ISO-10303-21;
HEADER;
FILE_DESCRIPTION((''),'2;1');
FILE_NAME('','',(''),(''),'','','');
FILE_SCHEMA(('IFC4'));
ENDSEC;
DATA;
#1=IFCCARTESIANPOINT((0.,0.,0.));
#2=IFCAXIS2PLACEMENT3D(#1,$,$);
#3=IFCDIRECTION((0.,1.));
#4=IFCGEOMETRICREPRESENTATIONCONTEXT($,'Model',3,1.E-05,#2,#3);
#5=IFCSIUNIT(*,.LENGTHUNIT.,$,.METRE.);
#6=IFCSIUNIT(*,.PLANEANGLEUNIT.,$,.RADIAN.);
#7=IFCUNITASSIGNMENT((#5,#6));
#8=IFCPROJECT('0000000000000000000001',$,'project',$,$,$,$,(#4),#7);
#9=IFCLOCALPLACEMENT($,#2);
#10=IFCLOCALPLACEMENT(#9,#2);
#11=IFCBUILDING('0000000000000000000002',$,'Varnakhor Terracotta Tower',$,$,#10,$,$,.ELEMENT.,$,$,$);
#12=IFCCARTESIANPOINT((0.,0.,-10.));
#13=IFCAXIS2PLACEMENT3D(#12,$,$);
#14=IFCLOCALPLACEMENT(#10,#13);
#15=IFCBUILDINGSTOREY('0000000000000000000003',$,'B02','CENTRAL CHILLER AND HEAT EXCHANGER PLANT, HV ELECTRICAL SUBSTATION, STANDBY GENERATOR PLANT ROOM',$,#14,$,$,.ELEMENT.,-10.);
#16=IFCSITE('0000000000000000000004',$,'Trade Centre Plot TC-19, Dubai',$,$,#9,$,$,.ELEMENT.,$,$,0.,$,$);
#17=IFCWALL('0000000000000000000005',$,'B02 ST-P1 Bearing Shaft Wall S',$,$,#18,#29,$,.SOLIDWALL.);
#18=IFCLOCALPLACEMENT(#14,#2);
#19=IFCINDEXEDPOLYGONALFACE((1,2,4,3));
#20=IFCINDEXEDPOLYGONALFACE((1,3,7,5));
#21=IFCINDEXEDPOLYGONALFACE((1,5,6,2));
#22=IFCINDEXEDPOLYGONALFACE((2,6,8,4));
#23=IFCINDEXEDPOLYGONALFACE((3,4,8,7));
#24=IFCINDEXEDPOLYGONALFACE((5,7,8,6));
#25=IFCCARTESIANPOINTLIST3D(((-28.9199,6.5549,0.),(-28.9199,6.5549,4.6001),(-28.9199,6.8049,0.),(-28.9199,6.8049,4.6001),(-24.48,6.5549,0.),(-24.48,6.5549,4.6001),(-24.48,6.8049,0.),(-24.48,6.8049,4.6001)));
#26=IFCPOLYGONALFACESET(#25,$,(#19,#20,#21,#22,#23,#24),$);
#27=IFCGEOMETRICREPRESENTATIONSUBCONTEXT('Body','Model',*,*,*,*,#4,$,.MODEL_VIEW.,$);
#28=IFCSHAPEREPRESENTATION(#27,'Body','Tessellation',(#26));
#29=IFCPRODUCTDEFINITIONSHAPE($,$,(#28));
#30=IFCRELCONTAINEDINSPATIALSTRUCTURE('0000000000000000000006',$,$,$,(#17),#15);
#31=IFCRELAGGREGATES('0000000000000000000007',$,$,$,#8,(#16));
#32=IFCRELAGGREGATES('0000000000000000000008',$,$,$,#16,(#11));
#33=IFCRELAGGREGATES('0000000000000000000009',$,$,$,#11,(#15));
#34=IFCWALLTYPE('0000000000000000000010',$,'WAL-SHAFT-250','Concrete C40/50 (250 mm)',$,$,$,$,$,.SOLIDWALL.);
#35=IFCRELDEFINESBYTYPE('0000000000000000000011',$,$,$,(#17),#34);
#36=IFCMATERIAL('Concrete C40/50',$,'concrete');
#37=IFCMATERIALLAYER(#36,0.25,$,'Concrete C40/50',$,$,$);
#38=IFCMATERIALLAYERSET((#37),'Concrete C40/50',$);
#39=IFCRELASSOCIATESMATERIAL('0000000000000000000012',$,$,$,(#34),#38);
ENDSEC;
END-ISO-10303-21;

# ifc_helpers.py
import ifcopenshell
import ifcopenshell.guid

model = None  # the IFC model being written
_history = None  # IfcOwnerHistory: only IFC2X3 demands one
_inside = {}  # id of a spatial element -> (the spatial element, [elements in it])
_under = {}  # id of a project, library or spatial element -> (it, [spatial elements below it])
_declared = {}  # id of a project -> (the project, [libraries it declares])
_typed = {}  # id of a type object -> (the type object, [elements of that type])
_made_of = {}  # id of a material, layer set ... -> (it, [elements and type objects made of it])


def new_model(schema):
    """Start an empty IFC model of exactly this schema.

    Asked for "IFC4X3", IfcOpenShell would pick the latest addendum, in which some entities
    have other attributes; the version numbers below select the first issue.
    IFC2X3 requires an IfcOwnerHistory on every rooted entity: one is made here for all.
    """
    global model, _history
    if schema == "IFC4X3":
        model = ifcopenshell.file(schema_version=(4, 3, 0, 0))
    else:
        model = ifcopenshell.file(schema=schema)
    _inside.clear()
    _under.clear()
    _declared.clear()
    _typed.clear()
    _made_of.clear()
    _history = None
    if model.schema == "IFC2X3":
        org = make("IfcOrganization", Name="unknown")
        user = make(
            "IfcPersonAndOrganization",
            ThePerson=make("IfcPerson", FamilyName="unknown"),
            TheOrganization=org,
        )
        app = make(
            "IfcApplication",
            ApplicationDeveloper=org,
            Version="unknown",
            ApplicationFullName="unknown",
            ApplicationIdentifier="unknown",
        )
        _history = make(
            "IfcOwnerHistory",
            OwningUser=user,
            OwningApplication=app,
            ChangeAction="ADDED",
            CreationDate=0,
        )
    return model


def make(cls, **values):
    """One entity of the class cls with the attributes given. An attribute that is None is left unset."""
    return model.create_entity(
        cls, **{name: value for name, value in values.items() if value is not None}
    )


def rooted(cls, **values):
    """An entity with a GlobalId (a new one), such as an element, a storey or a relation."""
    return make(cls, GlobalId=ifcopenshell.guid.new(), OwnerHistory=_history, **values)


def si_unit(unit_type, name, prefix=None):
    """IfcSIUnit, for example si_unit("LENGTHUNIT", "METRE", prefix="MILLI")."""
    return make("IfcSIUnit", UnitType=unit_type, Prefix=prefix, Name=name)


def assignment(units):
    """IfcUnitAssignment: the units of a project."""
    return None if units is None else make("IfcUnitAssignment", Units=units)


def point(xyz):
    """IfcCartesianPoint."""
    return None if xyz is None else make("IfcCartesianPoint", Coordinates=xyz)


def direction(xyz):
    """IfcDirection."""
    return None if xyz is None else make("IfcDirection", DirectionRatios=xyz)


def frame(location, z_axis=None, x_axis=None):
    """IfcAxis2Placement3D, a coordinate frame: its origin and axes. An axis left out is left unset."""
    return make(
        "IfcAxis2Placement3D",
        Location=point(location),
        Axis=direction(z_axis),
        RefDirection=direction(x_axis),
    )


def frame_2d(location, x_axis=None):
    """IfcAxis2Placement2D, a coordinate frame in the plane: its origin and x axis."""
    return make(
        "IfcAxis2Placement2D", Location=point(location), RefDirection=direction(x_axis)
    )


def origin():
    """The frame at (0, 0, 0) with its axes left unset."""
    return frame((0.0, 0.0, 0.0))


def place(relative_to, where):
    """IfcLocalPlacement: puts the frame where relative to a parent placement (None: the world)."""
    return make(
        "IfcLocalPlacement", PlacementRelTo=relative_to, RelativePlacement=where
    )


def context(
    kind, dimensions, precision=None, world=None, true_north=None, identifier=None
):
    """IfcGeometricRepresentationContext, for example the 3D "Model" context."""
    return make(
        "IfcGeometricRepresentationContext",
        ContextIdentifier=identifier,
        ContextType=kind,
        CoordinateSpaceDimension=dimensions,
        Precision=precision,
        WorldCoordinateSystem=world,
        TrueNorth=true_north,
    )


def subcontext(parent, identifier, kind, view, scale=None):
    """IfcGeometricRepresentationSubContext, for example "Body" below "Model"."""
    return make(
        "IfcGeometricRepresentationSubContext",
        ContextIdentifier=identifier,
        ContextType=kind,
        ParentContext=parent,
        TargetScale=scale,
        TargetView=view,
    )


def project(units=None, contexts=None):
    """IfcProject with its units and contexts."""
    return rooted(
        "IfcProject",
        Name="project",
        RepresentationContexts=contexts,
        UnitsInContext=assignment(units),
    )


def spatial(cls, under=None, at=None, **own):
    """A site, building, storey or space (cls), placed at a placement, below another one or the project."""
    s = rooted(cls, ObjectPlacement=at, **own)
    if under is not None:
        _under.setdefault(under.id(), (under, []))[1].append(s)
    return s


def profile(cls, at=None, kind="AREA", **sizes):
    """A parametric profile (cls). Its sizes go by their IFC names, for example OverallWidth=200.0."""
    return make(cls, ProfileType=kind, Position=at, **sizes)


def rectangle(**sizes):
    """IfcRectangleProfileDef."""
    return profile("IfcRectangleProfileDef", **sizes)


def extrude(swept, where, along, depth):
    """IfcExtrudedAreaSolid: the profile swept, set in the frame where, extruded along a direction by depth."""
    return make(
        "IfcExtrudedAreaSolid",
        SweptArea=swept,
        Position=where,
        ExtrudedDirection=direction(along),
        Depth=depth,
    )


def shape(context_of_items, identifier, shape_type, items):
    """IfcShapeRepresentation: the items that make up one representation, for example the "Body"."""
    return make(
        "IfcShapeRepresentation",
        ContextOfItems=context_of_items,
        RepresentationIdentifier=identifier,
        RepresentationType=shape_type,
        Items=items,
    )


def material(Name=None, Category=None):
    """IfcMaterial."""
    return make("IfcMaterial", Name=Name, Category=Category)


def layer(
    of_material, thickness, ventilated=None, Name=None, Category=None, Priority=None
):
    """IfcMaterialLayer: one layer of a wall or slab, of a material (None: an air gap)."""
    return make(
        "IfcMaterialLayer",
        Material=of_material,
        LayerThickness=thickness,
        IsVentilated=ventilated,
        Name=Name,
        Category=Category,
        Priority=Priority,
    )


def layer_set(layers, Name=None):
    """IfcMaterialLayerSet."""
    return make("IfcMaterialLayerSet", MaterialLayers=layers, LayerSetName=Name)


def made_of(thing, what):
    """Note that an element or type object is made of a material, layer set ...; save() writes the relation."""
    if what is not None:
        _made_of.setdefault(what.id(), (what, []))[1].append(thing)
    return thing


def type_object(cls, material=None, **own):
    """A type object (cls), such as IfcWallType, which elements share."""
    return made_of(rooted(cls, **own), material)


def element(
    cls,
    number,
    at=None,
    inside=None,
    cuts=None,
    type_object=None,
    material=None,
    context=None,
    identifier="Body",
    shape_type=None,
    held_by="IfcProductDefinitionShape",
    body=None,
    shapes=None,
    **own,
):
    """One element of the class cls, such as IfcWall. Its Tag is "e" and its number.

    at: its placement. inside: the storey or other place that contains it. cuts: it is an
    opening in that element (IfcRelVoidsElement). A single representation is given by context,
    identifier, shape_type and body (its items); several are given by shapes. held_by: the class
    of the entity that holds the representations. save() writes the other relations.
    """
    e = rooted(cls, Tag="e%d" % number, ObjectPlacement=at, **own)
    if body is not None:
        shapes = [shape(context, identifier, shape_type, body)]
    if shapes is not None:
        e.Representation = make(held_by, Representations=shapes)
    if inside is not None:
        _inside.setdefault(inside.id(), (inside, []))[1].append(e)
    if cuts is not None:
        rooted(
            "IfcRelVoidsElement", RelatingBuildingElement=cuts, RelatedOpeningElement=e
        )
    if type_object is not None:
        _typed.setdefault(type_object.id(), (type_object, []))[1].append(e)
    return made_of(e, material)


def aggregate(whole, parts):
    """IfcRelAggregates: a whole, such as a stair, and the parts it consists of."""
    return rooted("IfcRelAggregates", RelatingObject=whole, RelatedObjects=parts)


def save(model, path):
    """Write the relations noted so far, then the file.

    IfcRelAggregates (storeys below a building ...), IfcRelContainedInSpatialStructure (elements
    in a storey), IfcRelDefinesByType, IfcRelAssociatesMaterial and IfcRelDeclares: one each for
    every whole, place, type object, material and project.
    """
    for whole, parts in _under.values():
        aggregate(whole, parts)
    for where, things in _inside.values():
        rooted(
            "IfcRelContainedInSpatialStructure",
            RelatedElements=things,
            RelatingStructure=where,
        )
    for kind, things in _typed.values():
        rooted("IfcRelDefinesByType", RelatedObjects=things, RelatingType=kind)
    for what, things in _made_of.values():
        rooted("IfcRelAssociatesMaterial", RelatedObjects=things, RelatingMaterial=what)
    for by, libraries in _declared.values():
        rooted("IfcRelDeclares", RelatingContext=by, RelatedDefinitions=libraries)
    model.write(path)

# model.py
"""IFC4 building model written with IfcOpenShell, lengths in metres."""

from ifc_helpers import new_model, si_unit, direction, frame, frame_2d, origin, place, context, subcontext, project, spatial, rectangle, extrude, material, layer, layer_set, type_object, element, save


model = new_model("IFC4")

# Units and contexts
model_context = context("Model", 3, precision=1e-05, world=origin(), true_north=direction((0.0, 1.0)))
body_context = subcontext(model_context, "Body", "Model", "MODEL_VIEW")
ifc_project = project(units=[si_unit("LENGTHUNIT", "METRE"), si_unit("PLANEANGLEUNIT", "RADIAN")], contexts=[model_context])

# Site, building, storey
site_placement = place(None, origin())
site = spatial("IfcSite", under=ifc_project, at=site_placement, Name="Trade Centre Plot TC-19, Dubai", CompositionType="ELEMENT", RefElevation=0.0)
building_placement = place(site_placement, origin())
building = spatial("IfcBuilding", under=site, at=building_placement, Name="Varnakhor Terracotta Tower", CompositionType="ELEMENT")
storey_placement = place(building_placement, frame((0.0, 0.0, -10.0)))
storey = spatial("IfcBuildingStorey", under=building, at=storey_placement, Name="B02", Description="CENTRAL CHILLER AND HEAT EXCHANGER PLANT, HV ELECTRICAL SUBSTATION, STANDBY GENERATOR PLANT ROOM", CompositionType="ELEMENT", Elevation=-10.0)

# Shared definitions
ifc_material_1 = material(Name="Concrete C40/50", Category="concrete")

# Wall
ifc_layer_1 = layer(ifc_material_1, 0.25, Name="Concrete C40/50")
ifc_layer_set_1 = layer_set([ifc_layer_1], Name="Concrete C40/50")
wall_type_1 = type_object("IfcWallType", Name="WAL-SHAFT-250", Description="Concrete C40/50 (250 mm)", PredefinedType="SOLIDWALL", material=ifc_layer_set_1)
wall_1_placement = place(storey_placement, frame((-28.9199, 6.6799, 0.0), z_axis=(0.0, 0.0, 1.0), x_axis=(1.0, 0.0, 0.0)))
element("IfcWall", 1, at=wall_1_placement, inside=storey, type_object=wall_type_1, Name="B02 ST-P1 Bearing Shaft Wall S", PredefinedType="SOLIDWALL", context=body_context, shape_type="SweptSolid", body=[
    extrude(rectangle(XDim=4.4399, YDim=0.25, at=frame_2d((2.22, 0.0))), origin(), (0.0, 0.0, 1.0), 4.6001),
])

save(model, "model.ifc")
